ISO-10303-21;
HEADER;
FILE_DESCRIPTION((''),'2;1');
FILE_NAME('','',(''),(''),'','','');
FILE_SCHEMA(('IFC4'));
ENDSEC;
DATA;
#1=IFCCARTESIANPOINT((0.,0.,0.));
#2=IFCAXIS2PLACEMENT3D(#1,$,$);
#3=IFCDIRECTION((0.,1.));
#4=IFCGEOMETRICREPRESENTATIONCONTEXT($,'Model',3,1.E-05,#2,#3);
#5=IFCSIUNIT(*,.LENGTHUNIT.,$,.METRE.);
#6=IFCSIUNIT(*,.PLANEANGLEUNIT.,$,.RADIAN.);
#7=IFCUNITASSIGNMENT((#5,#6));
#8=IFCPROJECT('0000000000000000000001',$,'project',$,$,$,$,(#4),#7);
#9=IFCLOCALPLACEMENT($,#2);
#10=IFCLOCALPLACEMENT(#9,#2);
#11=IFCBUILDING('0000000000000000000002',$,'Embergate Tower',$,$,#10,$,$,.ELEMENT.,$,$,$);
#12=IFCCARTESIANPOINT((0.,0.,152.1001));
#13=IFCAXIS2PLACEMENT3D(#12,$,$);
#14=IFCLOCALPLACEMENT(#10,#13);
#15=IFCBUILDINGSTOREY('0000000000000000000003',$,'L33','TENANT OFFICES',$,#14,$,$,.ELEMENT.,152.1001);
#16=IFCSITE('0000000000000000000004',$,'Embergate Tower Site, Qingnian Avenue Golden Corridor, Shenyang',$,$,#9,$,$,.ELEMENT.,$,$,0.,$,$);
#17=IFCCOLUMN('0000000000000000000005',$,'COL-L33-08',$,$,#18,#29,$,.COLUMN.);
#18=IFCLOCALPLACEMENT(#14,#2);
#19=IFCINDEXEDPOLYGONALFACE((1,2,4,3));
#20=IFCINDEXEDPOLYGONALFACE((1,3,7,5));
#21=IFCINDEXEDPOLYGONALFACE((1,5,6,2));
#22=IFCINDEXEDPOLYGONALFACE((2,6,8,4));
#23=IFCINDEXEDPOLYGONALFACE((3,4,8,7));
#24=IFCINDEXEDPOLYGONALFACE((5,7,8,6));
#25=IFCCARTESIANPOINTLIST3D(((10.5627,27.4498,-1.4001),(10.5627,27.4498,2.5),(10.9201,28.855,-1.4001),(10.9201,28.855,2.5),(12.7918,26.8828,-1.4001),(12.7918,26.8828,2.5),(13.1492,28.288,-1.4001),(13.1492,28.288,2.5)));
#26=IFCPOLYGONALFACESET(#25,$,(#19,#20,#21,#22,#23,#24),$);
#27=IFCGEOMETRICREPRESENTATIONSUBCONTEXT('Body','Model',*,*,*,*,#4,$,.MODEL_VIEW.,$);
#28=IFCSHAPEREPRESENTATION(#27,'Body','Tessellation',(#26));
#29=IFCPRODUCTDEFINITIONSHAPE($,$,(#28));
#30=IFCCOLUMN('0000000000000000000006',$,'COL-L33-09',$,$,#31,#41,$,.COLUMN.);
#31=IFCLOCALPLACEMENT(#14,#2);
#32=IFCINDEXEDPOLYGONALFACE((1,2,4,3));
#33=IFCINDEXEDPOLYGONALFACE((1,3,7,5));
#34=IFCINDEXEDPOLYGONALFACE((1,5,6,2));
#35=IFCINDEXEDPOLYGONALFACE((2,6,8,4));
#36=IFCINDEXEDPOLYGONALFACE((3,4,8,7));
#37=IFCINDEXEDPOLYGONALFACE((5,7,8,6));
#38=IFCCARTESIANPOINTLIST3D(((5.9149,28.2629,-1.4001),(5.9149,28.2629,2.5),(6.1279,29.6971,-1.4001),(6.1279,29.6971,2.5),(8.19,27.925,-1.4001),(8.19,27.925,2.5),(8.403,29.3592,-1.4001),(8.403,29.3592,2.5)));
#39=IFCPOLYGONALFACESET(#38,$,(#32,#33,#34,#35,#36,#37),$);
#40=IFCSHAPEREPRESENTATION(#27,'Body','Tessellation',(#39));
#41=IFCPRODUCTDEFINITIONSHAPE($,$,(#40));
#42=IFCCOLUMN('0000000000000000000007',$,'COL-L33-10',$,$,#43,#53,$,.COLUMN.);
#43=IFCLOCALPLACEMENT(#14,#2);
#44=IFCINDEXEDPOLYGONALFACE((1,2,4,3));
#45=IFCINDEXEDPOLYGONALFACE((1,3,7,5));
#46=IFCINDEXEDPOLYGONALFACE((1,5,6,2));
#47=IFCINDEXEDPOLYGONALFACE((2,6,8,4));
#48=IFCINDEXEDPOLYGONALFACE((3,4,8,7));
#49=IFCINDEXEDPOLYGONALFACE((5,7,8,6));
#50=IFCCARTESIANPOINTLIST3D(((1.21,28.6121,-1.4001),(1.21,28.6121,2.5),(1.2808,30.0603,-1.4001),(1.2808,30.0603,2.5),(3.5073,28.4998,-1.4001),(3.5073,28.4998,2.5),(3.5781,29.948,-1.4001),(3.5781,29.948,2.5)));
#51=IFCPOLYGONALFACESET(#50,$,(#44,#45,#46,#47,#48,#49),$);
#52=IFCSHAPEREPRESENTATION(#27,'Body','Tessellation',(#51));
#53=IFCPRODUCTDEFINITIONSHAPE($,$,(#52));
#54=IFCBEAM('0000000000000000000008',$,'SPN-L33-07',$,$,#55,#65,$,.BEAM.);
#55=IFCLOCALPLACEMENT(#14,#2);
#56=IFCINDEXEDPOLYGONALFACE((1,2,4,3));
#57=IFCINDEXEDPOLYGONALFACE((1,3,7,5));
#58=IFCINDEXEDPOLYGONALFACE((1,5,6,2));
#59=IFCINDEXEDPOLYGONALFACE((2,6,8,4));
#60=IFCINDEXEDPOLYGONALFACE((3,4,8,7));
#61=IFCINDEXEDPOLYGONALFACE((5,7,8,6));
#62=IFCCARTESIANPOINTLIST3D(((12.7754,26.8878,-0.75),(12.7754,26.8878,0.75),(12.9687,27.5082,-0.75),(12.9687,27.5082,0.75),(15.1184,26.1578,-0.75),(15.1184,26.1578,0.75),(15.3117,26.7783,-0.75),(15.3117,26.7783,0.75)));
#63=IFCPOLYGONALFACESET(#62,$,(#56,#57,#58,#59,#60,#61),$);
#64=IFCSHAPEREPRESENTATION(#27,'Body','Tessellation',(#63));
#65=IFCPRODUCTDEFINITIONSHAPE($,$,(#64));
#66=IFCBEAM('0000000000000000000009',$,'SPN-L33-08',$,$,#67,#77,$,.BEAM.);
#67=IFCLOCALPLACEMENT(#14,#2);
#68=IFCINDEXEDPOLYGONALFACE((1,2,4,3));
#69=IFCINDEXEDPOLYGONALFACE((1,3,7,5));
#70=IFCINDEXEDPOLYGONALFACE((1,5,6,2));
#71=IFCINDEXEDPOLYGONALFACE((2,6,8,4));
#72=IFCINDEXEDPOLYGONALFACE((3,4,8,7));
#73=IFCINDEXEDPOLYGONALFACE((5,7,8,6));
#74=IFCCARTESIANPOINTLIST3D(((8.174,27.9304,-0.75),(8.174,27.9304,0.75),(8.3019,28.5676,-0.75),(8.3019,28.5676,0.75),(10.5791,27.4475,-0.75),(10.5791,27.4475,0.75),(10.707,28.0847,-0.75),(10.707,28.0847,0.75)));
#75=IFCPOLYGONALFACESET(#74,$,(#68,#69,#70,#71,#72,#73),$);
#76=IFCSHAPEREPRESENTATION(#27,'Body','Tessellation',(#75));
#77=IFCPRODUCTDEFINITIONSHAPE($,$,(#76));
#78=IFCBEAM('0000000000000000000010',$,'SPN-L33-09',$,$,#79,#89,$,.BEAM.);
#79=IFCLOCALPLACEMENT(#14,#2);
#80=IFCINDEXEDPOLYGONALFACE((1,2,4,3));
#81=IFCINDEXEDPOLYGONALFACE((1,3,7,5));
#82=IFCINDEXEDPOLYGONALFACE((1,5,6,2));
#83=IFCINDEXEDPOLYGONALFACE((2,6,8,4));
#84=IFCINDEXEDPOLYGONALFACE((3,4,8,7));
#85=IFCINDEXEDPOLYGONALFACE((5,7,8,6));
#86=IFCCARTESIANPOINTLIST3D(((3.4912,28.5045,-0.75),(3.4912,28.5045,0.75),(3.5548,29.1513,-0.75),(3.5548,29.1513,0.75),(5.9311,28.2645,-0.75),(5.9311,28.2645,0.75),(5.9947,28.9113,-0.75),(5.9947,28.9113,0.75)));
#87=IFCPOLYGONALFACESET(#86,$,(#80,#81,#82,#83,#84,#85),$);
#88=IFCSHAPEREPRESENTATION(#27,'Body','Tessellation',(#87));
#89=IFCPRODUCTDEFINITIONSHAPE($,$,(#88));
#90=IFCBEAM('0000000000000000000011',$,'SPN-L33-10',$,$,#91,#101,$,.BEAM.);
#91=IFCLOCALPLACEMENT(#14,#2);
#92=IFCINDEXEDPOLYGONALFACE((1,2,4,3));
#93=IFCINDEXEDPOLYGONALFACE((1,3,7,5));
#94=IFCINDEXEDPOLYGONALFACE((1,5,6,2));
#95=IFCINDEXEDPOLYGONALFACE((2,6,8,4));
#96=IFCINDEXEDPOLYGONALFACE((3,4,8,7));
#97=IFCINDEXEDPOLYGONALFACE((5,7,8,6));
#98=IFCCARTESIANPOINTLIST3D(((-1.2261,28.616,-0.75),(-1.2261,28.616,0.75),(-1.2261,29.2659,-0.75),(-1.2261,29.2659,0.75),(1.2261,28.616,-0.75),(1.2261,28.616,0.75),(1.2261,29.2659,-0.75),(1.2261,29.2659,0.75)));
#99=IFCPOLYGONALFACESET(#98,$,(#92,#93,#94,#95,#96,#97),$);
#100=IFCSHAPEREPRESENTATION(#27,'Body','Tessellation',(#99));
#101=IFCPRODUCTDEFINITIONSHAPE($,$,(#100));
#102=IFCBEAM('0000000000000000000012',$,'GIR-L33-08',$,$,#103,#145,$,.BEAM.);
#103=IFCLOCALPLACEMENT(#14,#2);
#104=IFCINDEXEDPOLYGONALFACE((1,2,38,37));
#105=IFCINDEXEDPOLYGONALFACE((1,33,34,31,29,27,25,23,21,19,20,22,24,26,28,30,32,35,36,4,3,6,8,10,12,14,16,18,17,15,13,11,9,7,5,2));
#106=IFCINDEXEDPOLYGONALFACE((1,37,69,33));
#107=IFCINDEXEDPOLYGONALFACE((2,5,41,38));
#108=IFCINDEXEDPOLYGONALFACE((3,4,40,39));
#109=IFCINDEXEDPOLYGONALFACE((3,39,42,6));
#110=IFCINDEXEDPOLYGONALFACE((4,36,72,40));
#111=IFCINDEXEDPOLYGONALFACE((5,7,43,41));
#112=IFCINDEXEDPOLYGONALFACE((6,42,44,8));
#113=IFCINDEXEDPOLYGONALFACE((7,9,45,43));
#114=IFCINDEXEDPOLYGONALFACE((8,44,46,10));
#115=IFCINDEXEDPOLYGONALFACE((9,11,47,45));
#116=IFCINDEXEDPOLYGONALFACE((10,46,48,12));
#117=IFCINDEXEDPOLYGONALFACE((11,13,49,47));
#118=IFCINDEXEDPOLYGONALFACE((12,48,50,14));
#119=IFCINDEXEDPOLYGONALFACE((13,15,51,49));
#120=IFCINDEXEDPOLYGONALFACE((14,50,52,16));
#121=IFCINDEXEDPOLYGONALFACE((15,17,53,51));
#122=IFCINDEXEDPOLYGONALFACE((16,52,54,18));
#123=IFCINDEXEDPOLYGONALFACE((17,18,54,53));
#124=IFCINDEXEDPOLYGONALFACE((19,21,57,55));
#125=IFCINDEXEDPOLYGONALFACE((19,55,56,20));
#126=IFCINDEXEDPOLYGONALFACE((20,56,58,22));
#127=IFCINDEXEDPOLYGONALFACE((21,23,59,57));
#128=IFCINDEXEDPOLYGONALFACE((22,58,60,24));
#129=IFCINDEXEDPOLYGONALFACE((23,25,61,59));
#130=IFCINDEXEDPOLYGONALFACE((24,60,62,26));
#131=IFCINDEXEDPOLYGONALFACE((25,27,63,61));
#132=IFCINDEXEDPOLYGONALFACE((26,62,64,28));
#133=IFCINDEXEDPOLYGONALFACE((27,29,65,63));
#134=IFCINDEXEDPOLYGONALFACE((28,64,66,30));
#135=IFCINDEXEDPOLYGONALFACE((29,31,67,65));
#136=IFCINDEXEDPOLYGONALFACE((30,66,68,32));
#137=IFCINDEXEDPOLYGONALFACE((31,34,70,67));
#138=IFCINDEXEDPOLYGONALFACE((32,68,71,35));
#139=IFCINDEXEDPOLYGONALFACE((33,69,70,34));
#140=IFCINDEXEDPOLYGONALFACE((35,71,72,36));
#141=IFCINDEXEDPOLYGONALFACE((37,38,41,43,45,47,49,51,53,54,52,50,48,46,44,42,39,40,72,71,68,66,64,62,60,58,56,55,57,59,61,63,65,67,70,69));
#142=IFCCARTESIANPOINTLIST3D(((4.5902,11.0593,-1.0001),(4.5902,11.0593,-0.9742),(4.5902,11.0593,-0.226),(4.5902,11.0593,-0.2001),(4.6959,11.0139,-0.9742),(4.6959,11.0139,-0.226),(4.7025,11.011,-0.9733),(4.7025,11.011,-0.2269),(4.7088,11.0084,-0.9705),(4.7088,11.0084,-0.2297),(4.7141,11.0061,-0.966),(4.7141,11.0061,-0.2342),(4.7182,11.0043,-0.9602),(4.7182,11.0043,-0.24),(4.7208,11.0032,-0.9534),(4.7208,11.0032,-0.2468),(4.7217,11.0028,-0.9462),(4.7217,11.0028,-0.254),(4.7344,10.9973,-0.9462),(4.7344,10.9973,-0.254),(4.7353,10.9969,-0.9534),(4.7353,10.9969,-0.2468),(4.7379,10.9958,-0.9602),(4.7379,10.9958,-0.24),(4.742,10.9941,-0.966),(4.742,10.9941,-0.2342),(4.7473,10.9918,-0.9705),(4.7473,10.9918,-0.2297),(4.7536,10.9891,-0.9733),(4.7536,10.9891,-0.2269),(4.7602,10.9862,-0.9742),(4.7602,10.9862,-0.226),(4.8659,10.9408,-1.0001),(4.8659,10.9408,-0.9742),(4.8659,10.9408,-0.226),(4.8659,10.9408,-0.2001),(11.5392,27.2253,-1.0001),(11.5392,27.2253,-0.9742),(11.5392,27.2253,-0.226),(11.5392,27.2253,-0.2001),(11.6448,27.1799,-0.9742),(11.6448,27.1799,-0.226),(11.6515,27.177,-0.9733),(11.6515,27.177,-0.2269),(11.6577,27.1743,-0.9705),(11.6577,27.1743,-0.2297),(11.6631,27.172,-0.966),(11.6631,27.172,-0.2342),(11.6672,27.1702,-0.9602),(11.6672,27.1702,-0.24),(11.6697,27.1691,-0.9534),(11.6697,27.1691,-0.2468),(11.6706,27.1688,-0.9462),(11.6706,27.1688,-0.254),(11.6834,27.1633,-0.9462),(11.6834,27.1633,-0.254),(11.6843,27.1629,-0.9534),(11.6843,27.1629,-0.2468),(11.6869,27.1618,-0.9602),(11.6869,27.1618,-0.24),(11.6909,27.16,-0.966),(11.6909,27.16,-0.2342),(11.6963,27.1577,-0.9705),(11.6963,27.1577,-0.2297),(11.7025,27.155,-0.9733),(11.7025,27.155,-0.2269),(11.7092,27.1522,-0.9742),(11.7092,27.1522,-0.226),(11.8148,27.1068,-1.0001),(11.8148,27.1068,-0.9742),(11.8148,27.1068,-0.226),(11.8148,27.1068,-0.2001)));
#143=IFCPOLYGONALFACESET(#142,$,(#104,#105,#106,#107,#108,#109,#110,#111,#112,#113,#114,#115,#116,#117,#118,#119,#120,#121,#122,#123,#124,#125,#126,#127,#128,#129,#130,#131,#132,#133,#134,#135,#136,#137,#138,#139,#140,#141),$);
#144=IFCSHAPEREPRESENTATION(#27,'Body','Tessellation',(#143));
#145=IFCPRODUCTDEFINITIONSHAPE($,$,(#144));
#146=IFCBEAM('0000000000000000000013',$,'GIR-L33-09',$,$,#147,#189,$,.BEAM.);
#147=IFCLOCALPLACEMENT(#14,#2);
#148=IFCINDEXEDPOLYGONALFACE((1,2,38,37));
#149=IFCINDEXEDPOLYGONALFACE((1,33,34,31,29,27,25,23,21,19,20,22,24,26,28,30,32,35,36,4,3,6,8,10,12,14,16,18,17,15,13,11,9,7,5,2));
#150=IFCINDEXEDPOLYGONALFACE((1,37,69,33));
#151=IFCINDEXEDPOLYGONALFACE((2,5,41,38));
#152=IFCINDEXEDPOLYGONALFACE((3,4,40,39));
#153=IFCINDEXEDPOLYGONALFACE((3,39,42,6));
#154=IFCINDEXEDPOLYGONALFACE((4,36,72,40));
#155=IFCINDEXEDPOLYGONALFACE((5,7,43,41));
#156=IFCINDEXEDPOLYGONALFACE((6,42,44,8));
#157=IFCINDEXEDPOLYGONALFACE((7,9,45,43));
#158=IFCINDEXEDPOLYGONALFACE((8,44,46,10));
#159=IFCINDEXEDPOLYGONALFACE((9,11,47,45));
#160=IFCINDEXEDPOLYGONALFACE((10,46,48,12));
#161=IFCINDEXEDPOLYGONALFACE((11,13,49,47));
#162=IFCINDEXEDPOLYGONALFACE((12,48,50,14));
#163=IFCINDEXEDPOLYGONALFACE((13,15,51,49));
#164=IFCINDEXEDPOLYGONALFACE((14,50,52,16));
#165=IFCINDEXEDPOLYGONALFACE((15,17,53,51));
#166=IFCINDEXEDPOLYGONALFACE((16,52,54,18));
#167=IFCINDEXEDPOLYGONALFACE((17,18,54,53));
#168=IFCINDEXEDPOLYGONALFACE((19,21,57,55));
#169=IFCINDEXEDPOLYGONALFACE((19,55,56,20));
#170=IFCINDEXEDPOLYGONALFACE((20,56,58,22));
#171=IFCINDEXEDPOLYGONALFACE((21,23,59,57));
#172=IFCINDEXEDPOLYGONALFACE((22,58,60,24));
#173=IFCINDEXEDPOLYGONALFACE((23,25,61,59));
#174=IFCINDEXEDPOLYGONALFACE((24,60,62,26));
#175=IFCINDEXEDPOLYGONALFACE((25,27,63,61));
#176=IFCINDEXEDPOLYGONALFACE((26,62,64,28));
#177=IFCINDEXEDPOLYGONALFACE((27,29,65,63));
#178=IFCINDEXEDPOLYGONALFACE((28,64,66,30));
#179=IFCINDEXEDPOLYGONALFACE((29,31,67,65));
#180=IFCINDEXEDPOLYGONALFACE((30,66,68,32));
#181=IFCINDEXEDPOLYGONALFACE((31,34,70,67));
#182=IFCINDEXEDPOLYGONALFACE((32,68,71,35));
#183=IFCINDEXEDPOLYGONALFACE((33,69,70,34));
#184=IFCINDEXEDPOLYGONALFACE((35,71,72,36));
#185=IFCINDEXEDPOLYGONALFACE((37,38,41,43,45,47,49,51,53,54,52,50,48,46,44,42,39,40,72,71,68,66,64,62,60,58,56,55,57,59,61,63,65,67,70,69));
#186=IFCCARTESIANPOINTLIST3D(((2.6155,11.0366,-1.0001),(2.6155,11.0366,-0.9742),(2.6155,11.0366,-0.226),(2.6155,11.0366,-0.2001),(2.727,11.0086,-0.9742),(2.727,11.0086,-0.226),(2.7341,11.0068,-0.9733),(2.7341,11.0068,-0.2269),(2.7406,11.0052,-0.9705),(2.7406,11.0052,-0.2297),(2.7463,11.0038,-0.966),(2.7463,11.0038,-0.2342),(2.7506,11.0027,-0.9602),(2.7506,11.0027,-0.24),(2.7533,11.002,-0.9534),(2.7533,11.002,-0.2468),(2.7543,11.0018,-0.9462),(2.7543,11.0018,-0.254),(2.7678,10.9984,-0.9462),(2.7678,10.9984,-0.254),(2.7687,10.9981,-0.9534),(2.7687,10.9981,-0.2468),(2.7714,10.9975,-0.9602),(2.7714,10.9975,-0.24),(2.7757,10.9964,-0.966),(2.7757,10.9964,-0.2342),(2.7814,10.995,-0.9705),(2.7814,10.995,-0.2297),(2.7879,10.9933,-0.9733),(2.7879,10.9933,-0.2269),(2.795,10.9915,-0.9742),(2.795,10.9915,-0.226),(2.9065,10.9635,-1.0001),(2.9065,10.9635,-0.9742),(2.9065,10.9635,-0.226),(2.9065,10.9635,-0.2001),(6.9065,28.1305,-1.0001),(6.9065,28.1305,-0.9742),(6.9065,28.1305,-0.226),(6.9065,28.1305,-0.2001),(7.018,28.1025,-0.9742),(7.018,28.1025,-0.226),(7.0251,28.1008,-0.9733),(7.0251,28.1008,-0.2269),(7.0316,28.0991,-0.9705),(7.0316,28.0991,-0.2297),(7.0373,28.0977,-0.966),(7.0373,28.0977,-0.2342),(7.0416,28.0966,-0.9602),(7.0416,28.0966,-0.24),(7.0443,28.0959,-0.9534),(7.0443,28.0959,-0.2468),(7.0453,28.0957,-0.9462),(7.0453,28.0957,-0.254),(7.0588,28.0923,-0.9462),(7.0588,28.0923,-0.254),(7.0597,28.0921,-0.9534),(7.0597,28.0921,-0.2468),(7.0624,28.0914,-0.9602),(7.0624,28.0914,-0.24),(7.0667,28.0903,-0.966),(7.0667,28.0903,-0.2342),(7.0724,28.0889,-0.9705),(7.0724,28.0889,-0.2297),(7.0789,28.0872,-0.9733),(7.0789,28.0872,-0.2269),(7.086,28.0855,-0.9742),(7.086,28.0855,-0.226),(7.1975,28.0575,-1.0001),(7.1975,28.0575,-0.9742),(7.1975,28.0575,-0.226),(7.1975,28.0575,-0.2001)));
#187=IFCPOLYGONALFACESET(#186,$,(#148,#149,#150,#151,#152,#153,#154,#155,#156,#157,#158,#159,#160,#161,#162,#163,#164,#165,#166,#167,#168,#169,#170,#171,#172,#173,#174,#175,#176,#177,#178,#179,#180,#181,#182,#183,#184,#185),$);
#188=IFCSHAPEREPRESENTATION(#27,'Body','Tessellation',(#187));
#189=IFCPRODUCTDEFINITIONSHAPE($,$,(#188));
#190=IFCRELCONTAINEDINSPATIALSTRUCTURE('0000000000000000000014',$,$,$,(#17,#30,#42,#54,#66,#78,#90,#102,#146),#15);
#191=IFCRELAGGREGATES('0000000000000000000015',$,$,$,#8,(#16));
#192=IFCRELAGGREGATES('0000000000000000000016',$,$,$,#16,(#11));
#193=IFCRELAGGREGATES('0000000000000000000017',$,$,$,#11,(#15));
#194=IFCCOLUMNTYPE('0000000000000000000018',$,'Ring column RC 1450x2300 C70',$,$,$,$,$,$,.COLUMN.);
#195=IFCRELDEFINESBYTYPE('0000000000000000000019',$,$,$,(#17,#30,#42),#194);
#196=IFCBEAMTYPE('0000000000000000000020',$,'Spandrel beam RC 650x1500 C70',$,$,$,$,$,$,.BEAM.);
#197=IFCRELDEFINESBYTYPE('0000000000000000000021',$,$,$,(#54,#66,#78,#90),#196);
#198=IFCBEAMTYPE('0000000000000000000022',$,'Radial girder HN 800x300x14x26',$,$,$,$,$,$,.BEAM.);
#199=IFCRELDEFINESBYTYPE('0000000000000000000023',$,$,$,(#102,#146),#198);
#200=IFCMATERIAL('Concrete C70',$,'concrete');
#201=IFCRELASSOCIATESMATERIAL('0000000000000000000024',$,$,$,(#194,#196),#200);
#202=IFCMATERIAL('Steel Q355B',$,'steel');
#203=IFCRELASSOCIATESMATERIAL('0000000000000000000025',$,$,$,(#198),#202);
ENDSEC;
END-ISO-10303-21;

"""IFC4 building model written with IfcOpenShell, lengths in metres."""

from ifc_helpers import new_model, si_unit, direction, frame, origin, origin_2d, place, context, subcontext, project, spatial, rectangle, i_section, extrude, source, transform, mapped, material, material_profile, profile_set, type_object, element, save


model = new_model("IFC4")

# Units and contexts
model_context = context("Model", 3, precision=1e-05, world=origin(), true_north=direction((0.0, 1.0)))
body_context = subcontext(model_context, "Body", "Model", "MODEL_VIEW")
ifc_project = project(units=[si_unit("LENGTHUNIT", "METRE"), si_unit("PLANEANGLEUNIT", "RADIAN")], contexts=[model_context])

# Site, building, storey
site_placement = place(None, origin())
site = spatial("IfcSite", under=ifc_project, at=site_placement, Name="Embergate Tower Site, Qingnian Avenue Golden Corridor, Shenyang", CompositionType="ELEMENT", RefElevation=0.0)
building_placement = place(site_placement, origin())
building = spatial("IfcBuilding", under=site, at=building_placement, Name="Embergate Tower", CompositionType="ELEMENT")
storey_placement = place(building_placement, frame((0.0, 0.0, 152.1001)))
storey = spatial("IfcBuildingStorey", under=building, at=storey_placement, Name="L33", Description="TENANT OFFICES", CompositionType="ELEMENT", Elevation=152.1001)

# Columns
ifc_material_1 = material(Name="Concrete C70", Category="concrete")
ifc_material_profile_1 = material_profile(ifc_material_1, rectangle(XDim=1.45, YDim=2.3, at=origin_2d()), Name="RC 1450x2300")
ifc_profile_set_1 = profile_set([ifc_material_profile_1], Name="Concrete C70")
column_type = type_object("IfcColumnType", Name="Ring column RC 1450x2300 C70", PredefinedType="COLUMN", material=ifc_profile_set_1)
shared_shape_1 = source(origin(), body_context, "Body", "SweptSolid", [
    extrude(rectangle(XDim=1.45, YDim=2.3, at=origin_2d()), origin(), (0.0, 0.0, 1.0), 3.9001),
])
for number, where, z_axis, x_axis, name in (
    (1, (11.856, 27.8689, -1.4001), (0.0, 0.0, 1.0), (0.246492, 0.969145, 0.0), "COL-L33-08"),
    (2, (7.1589, 28.811, -1.4001), (0.0, 0.0, 1.0), (0.146929, 0.989147, 0.0), "COL-L33-09"),
    (3, (2.394, 29.28, -1.4001), (0.0, 0.0, 1.0), (0.048815, 0.998808, 0.0), "COL-L33-10"),
):
    element("IfcColumn", number, at=place(storey_placement, frame(where, z_axis=z_axis, x_axis=x_axis)), inside=storey, type_object=column_type, Name=name, PredefinedType="COLUMN", context=body_context, shape_type="MappedRepresentation", body=[
        mapped(shared_shape_1, transform((0.0, 0.0, 0.0))),
    ])

# Beams
ifc_material_profile_2 = material_profile(ifc_material_1, rectangle(XDim=0.6499, YDim=1.5, at=origin_2d()), Name="RC 650x1500")
ifc_profile_set_2 = profile_set([ifc_material_profile_2], Name="Concrete C70")
beam_type_1 = type_object("IfcBeamType", Name="Spandrel beam RC 650x1500 C70", PredefinedType="BEAM", material=ifc_profile_set_2)
shared_shape_2 = source(origin(), body_context, "Body", "SweptSolid", [
    extrude(rectangle(XDim=0.6499, YDim=1.5, at=origin_2d()), origin(), (0.0, 0.0, 1.0), 2.4541),
])
beam_1_placement = place(storey_placement, frame((15.2151, 26.468, 0.0), z_axis=(-0.954736, 0.297454, 0.0), x_axis=(-0.297454, -0.954736, 0.0)))
element("IfcBeam", 4, at=beam_1_placement, inside=storey, type_object=beam_type_1, Name="SPN-L33-07", PredefinedType="BEAM", context=body_context, shape_type="MappedRepresentation", body=[
    mapped(shared_shape_2, transform((0.0, 0.0, 0.0))),
])
shared_shape_3 = source(origin(), body_context, "Body", "SweptSolid", [
    extrude(rectangle(XDim=0.6499, YDim=1.5, at=origin_2d()), origin(), (0.0, 0.0, 1.0), 2.4531),
])
beam_2_placement = place(storey_placement, frame((10.6431, 27.7661, 0.0), z_axis=(-0.980431, 0.196863, 0.0), x_axis=(-0.196863, -0.980431, 0.0)))
element("IfcBeam", 5, at=beam_2_placement, inside=storey, type_object=beam_type_1, Name="SPN-L33-08", PredefinedType="BEAM", context=body_context, shape_type="MappedRepresentation", body=[
    mapped(shared_shape_3, transform((0.0, 0.0, 0.0))),
])
shared_shape_4 = source(origin(), body_context, "Body", "SweptSolid", [
    extrude(rectangle(XDim=0.6499, YDim=1.5, at=origin_2d()), origin(), (0.0, 0.0, 1.0), 2.4517),
])
beam_3_placement = place(storey_placement, frame((5.9629, 28.5879, 0.0), z_axis=(-0.995198, 0.097887, 0.0), x_axis=(-0.097887, -0.995198, 0.0)))
element("IfcBeam", 6, at=beam_3_placement, inside=storey, type_object=beam_type_1, Name="SPN-L33-09", PredefinedType="BEAM", context=body_context, shape_type="MappedRepresentation", body=[
    mapped(shared_shape_4, transform((0.0, 0.0, 0.0))),
])
shared_shape_5 = source(origin(), body_context, "Body", "SweptSolid", [
    extrude(rectangle(XDim=0.6499, YDim=1.5, at=origin_2d()), origin(), (0.0, 0.0, 1.0), 2.4521),
])
beam_4_placement = place(storey_placement, frame((1.2261, 28.9409, 0.0), z_axis=(-1.0, 0.0, 0.0), x_axis=(0.0, -1.0, 0.0)))
element("IfcBeam", 7, at=beam_4_placement, inside=storey, type_object=beam_type_1, Name="SPN-L33-10", PredefinedType="BEAM", context=body_context, shape_type="MappedRepresentation", body=[
    mapped(shared_shape_5, transform((0.0, 0.0, 0.0))),
])
ifc_material_2 = material(Name="Steel Q355B", Category="steel")
ifc_material_profile_3 = material_profile(ifc_material_2, i_section(OverallWidth=0.3, OverallDepth=0.8, WebThickness=0.0139, FlangeThickness=0.0259, FilletRadius=0.0281, at=origin_2d()), Name="HN 800x300x14x26")
ifc_profile_set_3 = profile_set([ifc_material_profile_3], Name="Steel Q355 grade B")
beam_type_2 = type_object("IfcBeamType", Name="Radial girder HN 800x300x14x26", PredefinedType="BEAM", material=ifc_profile_set_3)
shared_shape_6 = source(origin(), body_context, "Body", "SweptSolid", [
    extrude(i_section(OverallWidth=0.3, OverallDepth=0.8, WebThickness=0.0139, FlangeThickness=0.0259, FilletRadius=0.0281, at=origin_2d()), origin(), (0.0, 0.0, 1.0), 17.5962),
])
beam_5_placement = place(storey_placement, frame((11.677, 27.166, -0.6001), z_axis=(-0.394912, -0.918719, 0.0), x_axis=(0.918719, -0.394912, 0.0)))
element("IfcBeam", 8, at=beam_5_placement, inside=storey, type_object=beam_type_2, Name="GIR-L33-08", PredefinedType="BEAM", context=body_context, shape_type="MappedRepresentation", body=[
    mapped(shared_shape_6, transform((0.0, 0.0, 0.0))),
])
shared_shape_7 = source(origin(), body_context, "Body", "SweptSolid", [
    extrude(i_section(OverallWidth=0.3, OverallDepth=0.8, WebThickness=0.0139, FlangeThickness=0.0259, FilletRadius=0.0281, at=origin_2d()), origin(), (0.0, 0.0, 1.0), 17.6243),
])
beam_6_placement = place(storey_placement, frame((7.052, 28.094, -0.6001), z_axis=(-0.243471, -0.969908, 0.0), x_axis=(0.969908, -0.243471, 0.0)))
element("IfcBeam", 9, at=beam_6_placement, inside=storey, type_object=beam_type_2, Name="GIR-L33-09", PredefinedType="BEAM", context=body_context, shape_type="MappedRepresentation", body=[
    mapped(shared_shape_7, transform((0.0, 0.0, 0.0))),
])

save(model, "model.ifc")
